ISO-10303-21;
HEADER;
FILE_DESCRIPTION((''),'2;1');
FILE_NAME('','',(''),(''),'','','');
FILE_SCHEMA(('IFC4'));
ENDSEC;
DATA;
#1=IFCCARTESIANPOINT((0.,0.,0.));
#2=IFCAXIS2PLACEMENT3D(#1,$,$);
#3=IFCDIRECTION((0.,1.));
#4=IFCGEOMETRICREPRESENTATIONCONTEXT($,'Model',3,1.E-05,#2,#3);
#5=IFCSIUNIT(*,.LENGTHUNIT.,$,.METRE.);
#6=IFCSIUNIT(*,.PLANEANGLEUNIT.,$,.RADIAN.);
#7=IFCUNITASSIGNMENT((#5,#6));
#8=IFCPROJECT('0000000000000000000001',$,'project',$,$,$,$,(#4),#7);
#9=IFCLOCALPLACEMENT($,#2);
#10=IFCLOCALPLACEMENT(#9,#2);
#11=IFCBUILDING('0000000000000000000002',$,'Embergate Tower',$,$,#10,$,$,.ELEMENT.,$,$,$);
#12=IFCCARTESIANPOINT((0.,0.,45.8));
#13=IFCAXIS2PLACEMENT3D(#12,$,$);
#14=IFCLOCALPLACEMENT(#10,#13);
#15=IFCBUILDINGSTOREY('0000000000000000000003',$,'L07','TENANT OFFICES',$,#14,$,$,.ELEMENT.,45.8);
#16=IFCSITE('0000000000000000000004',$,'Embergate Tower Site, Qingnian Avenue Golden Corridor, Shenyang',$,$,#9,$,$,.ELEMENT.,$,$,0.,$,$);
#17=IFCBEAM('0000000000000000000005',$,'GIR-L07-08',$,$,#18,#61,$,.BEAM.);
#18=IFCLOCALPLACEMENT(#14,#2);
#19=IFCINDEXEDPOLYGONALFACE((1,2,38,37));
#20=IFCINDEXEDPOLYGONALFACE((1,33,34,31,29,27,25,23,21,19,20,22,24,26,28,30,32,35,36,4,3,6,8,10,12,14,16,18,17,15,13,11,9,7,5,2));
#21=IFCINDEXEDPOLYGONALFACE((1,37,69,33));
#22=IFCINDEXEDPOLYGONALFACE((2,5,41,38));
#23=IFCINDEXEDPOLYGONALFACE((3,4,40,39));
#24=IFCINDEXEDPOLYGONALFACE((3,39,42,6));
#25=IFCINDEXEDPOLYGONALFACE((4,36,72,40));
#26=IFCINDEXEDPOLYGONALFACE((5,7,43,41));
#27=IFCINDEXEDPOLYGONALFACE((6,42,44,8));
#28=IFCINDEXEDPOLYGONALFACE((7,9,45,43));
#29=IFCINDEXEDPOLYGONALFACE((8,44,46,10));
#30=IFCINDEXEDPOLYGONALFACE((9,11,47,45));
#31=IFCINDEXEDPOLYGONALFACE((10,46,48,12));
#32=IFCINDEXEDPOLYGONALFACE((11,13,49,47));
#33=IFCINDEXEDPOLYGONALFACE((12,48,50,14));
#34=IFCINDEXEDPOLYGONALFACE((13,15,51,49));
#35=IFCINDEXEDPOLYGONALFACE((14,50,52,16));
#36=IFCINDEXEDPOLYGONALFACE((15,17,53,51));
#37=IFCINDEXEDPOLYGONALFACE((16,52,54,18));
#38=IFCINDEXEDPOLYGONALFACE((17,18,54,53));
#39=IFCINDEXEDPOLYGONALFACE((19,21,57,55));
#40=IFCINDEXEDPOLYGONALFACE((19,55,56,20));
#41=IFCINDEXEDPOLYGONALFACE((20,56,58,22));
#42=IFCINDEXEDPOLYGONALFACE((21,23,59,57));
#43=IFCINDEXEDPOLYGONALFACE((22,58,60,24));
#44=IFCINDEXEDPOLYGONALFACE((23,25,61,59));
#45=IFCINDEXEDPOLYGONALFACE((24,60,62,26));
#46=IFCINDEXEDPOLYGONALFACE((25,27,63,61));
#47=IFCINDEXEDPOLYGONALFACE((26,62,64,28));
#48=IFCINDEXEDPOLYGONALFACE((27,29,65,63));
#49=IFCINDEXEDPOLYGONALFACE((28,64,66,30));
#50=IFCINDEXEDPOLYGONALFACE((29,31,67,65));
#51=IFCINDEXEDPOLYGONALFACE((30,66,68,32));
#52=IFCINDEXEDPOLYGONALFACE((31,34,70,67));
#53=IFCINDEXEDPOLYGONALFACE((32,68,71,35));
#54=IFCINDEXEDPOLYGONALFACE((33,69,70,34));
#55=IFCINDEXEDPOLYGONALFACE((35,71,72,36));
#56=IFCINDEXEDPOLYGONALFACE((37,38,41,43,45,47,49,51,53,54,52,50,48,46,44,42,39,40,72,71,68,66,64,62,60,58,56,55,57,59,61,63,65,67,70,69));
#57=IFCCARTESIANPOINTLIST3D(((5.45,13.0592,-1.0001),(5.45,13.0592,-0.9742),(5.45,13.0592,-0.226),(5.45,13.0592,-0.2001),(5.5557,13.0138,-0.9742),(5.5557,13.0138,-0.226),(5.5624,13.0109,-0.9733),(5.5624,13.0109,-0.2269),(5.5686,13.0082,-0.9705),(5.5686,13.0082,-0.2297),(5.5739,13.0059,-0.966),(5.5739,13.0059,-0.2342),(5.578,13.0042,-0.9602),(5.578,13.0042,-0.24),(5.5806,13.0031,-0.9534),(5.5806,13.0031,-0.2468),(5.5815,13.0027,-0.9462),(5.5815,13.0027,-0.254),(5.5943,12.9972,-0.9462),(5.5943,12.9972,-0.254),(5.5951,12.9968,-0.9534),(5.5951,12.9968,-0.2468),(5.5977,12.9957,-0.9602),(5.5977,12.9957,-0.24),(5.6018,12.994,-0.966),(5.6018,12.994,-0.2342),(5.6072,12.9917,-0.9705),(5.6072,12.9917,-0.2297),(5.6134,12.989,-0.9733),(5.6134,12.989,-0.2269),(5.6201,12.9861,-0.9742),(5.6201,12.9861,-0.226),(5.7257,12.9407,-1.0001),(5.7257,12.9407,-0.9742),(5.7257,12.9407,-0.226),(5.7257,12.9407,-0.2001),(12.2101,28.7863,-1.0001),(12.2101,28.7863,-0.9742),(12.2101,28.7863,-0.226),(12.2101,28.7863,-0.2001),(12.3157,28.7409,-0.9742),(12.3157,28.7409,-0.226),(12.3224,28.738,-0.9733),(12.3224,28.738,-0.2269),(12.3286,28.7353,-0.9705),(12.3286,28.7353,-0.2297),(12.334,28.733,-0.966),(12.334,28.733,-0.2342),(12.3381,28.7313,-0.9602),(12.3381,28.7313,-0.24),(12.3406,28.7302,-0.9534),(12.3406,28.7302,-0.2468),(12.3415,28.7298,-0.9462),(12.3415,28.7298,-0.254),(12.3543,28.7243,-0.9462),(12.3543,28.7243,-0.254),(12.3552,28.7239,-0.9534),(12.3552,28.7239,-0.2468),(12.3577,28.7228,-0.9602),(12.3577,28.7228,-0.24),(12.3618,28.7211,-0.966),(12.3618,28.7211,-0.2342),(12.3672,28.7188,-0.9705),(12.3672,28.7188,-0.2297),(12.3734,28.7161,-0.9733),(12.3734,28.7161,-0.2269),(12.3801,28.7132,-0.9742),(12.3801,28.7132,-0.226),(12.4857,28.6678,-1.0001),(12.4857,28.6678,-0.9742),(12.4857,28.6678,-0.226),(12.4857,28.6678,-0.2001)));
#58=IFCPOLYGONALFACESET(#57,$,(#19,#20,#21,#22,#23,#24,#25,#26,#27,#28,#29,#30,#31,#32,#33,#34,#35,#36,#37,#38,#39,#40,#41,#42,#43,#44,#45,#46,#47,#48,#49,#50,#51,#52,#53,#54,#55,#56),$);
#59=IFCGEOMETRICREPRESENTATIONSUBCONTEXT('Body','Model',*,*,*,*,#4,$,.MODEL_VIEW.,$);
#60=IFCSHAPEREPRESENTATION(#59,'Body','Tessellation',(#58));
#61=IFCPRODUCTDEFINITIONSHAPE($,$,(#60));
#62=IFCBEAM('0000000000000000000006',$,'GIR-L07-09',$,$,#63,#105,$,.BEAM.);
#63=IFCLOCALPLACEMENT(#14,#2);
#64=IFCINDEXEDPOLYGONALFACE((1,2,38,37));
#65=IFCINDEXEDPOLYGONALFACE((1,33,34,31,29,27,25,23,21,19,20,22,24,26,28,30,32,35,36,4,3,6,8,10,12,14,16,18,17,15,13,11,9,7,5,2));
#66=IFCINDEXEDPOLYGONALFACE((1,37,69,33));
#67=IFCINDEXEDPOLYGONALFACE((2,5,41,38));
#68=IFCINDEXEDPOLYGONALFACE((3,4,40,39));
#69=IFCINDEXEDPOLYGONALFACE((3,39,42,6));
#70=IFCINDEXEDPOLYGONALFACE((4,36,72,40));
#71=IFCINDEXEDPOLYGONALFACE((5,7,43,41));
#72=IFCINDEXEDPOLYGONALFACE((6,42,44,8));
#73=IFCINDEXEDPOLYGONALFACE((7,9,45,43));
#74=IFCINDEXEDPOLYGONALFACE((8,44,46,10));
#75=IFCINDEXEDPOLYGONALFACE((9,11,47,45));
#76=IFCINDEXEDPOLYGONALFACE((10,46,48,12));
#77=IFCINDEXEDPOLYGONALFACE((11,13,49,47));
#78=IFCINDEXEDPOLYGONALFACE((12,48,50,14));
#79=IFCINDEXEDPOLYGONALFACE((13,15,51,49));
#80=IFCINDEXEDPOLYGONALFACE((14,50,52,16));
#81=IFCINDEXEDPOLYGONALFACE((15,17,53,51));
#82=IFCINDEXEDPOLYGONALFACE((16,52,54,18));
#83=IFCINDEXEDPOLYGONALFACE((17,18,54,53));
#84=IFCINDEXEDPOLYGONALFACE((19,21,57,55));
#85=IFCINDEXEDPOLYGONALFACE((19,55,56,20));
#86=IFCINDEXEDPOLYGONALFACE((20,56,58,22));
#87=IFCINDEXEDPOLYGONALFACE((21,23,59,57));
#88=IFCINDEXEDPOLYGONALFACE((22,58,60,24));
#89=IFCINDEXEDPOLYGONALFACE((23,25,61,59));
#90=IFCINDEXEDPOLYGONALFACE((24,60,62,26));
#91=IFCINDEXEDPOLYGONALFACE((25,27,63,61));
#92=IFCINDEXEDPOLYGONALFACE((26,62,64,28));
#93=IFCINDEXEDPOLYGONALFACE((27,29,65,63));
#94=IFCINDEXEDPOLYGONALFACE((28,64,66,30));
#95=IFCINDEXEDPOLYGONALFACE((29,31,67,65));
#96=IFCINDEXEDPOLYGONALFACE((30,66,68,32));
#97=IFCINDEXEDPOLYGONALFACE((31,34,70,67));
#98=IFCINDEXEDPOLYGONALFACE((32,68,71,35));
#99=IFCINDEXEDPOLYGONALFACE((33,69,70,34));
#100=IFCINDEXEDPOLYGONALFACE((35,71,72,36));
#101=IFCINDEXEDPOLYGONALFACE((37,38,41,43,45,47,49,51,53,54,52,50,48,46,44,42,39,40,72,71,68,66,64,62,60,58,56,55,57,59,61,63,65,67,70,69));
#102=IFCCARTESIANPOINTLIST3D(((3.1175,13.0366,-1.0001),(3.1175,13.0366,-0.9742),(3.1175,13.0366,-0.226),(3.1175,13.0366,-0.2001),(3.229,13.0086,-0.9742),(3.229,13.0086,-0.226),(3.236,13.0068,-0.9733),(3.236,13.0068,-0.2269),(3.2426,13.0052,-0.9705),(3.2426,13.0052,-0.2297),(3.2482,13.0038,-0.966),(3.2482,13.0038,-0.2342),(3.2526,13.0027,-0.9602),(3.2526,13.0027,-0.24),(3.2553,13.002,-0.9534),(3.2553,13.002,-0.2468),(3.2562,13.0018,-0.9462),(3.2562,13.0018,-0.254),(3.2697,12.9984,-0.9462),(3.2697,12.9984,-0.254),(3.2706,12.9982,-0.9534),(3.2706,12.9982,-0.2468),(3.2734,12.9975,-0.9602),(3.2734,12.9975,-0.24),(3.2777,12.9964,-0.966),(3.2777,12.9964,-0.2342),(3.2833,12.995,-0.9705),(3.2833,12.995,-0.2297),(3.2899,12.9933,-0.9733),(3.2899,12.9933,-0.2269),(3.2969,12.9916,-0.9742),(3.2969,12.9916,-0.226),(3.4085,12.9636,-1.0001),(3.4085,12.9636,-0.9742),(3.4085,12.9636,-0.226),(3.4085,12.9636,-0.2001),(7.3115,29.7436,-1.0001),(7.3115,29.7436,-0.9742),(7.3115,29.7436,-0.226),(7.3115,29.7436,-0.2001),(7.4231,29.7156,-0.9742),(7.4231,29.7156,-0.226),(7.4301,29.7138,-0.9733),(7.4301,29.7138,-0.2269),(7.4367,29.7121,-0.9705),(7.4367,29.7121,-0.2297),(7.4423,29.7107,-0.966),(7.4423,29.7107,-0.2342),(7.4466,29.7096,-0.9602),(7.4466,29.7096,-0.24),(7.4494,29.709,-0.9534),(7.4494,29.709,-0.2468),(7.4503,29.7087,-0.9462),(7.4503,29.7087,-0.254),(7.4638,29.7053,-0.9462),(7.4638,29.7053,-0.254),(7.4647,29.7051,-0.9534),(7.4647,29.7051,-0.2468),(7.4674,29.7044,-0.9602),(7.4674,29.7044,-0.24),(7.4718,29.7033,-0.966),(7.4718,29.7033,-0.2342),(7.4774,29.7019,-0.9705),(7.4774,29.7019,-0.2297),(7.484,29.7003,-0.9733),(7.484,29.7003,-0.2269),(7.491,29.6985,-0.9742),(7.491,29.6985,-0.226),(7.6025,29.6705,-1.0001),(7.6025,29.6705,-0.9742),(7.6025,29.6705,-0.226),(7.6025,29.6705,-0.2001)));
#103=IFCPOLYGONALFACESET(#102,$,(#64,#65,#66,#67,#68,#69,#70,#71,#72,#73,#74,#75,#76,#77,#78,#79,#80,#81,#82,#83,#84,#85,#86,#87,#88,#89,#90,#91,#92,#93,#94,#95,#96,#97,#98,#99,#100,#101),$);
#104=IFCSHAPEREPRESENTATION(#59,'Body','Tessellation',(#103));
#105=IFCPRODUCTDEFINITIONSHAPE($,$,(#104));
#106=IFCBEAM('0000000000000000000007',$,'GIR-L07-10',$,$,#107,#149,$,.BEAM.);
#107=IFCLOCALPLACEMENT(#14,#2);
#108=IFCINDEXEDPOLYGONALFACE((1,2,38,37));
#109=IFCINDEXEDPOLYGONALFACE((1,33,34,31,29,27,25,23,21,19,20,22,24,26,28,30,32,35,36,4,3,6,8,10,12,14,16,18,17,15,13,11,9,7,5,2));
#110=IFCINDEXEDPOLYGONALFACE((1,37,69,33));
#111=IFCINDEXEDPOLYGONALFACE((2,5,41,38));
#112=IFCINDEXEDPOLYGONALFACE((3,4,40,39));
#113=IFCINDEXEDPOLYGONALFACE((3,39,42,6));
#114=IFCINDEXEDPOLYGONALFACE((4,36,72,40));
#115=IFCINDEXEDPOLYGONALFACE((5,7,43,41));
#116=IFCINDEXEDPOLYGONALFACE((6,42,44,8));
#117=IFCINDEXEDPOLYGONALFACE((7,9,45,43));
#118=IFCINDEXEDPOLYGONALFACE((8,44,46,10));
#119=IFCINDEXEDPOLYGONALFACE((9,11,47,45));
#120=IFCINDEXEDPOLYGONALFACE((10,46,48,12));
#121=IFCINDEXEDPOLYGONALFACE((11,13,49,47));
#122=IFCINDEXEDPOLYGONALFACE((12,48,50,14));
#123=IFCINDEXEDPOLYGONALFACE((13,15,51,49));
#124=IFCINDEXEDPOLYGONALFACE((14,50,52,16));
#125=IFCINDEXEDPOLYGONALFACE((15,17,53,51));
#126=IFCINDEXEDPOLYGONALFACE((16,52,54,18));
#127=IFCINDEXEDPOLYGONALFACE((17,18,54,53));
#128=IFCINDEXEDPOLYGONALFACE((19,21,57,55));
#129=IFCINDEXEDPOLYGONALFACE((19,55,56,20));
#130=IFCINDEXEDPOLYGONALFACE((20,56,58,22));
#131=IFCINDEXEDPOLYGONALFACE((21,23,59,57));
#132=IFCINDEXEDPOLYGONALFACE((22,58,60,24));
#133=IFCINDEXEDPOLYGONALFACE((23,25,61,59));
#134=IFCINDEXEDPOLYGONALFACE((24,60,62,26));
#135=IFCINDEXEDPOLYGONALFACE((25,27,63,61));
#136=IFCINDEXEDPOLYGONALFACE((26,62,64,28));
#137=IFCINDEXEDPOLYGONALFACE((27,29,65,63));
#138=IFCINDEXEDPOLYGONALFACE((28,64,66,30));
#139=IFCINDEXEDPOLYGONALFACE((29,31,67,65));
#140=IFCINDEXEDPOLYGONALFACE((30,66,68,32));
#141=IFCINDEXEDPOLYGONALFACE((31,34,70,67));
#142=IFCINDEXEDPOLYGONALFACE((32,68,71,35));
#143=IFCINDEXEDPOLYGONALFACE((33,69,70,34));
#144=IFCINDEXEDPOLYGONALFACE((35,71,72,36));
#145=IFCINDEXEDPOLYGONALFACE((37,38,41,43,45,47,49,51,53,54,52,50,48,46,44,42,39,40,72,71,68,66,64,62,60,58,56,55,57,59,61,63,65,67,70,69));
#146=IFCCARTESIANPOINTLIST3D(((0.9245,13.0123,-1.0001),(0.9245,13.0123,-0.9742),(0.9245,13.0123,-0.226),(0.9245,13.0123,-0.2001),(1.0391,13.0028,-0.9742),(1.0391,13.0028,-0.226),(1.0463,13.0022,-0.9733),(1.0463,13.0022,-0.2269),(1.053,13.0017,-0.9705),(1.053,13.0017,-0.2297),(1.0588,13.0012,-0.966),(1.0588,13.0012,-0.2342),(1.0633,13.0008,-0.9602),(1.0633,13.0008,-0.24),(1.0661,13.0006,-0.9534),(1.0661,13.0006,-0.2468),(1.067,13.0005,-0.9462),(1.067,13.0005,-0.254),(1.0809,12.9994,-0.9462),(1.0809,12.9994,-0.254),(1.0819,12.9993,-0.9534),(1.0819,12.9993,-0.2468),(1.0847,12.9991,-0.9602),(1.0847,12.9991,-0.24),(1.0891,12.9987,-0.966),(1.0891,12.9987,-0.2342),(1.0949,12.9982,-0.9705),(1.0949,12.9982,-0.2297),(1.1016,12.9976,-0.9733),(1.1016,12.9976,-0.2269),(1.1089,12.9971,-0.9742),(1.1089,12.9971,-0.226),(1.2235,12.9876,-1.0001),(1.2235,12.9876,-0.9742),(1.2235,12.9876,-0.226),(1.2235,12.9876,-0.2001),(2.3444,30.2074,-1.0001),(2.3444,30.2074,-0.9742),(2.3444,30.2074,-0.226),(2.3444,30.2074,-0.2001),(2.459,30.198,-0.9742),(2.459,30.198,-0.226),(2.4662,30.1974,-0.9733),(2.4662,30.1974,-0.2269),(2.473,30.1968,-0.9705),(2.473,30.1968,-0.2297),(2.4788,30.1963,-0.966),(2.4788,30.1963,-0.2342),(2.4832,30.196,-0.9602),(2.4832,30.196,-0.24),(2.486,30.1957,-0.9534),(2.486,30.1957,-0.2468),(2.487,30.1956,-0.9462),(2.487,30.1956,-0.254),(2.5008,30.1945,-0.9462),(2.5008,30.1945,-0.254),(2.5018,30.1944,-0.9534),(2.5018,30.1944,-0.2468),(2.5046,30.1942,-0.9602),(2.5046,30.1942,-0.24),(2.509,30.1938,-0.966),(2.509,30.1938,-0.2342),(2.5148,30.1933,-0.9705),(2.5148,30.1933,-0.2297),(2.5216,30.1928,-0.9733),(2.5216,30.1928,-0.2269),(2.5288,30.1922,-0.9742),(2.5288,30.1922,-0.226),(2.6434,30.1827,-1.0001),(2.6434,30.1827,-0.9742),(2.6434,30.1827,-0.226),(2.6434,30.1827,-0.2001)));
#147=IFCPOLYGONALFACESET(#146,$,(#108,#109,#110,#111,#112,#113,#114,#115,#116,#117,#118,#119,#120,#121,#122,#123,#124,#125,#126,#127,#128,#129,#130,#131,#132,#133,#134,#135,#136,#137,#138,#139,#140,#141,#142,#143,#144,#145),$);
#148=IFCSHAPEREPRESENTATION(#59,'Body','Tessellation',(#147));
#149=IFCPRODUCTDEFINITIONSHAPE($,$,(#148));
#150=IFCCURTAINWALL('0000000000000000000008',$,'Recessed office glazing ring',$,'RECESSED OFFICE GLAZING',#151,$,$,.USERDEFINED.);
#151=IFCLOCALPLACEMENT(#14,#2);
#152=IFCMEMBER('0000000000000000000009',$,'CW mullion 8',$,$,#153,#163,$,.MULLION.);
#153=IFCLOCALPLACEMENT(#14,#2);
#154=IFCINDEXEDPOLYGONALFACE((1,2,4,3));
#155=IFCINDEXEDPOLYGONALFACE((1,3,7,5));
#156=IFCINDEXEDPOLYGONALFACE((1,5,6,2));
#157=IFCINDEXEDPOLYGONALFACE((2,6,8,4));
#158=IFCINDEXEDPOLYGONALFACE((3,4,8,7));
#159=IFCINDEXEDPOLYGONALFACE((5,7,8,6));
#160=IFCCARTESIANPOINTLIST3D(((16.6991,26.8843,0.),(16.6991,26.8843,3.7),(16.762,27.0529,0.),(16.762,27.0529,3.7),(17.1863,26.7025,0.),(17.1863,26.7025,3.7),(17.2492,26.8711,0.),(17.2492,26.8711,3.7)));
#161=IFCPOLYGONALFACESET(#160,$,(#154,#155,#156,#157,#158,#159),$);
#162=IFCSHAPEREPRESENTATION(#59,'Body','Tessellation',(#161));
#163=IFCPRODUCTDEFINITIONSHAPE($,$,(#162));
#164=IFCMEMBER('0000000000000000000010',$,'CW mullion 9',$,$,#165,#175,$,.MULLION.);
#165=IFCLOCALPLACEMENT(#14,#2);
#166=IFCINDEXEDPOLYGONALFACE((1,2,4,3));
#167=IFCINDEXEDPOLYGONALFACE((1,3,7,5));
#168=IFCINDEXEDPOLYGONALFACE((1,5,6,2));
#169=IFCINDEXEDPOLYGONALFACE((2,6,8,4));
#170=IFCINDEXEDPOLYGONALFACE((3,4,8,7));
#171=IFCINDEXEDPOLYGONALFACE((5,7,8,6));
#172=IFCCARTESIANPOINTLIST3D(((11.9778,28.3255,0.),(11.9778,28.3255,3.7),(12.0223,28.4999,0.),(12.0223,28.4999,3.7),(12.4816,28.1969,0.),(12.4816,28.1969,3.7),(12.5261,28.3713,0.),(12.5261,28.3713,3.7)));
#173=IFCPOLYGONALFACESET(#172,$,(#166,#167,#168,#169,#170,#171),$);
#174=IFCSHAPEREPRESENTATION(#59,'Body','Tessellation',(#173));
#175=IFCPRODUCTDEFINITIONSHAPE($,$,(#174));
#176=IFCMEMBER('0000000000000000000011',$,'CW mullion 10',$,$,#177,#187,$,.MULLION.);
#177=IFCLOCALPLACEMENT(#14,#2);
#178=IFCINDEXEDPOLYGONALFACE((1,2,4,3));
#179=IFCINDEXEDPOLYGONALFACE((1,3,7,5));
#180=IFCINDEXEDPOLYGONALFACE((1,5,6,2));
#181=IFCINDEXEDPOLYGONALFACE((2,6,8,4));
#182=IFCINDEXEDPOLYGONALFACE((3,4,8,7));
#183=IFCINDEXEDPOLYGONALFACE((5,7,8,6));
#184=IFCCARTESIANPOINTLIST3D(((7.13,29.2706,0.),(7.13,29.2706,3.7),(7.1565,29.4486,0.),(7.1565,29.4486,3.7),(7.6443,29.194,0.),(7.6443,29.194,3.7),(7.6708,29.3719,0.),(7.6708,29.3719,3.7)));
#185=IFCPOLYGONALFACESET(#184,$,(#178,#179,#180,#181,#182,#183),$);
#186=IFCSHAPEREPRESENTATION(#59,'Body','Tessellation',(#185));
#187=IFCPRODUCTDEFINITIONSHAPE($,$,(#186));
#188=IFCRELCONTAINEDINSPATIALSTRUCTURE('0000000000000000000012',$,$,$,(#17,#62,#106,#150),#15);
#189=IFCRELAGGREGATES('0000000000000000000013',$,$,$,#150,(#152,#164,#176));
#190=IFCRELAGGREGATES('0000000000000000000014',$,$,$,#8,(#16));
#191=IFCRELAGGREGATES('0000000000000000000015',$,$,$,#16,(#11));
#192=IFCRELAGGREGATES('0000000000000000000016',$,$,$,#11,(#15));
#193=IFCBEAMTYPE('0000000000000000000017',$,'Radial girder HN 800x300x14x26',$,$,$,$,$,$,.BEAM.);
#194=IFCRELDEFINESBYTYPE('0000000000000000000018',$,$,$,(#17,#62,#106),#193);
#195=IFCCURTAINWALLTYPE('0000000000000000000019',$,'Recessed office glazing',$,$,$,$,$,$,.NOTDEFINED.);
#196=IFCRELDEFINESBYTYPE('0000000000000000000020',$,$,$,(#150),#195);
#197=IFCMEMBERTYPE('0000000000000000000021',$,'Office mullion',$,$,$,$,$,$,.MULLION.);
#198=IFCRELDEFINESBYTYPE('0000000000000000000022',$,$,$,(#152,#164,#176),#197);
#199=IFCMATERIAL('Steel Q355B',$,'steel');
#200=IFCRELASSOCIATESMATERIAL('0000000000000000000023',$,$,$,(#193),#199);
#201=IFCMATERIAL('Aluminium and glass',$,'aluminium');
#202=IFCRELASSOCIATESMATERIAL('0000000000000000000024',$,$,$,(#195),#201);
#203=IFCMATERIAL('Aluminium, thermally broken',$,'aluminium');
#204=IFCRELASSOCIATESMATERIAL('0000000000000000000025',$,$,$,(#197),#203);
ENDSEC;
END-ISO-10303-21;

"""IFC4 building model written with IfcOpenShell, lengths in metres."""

from ifc_helpers import new_model, si_unit, direction, frame, origin, origin_2d, place, context, subcontext, project, spatial, rectangle, i_section, extrude, source, transform, mapped, material, material_profile, profile_set, type_object, element, aggregate, save


model = new_model("IFC4")

# Units and contexts
model_context = context("Model", 3, precision=1e-05, world=origin(), true_north=direction((0.0, 1.0)))
body_context = subcontext(model_context, "Body", "Model", "MODEL_VIEW")
ifc_project = project(units=[si_unit("LENGTHUNIT", "METRE"), si_unit("PLANEANGLEUNIT", "RADIAN")], contexts=[model_context])

# Site, building, storey
site_placement = place(None, origin())
site = spatial("IfcSite", under=ifc_project, at=site_placement, Name="Embergate Tower Site, Qingnian Avenue Golden Corridor, Shenyang", CompositionType="ELEMENT", RefElevation=0.0)
building_placement = place(site_placement, origin())
building = spatial("IfcBuilding", under=site, at=building_placement, Name="Embergate Tower", CompositionType="ELEMENT")
storey_placement = place(building_placement, frame((0.0, 0.0, 45.8)))
storey = spatial("IfcBuildingStorey", under=building, at=storey_placement, Name="L07", Description="TENANT OFFICES", CompositionType="ELEMENT", Elevation=45.8)

# Beams
ifc_material_1 = material(Name="Steel Q355B", Category="steel")
ifc_material_profile_1 = material_profile(ifc_material_1, i_section(OverallWidth=0.3, OverallDepth=0.8, WebThickness=0.0139, FlangeThickness=0.0259, FilletRadius=0.0281, at=origin_2d()), Name="HN 800x300x14x26")
ifc_profile_set_1 = profile_set([ifc_material_profile_1], Name="Steel Q355 grade B")
beam_type_1 = type_object("IfcBeamType", Name="Radial girder HN 800x300x14x26", PredefinedType="BEAM", material=ifc_profile_set_1)
shared_shape_1 = source(origin(), body_context, "Body", "SweptSolid", [
    extrude(i_section(OverallWidth=0.3, OverallDepth=0.8, WebThickness=0.0139, FlangeThickness=0.0259, FilletRadius=0.0281, at=origin_2d()), origin(), (0.0, 0.0, 1.0), 17.1184),
])
beam_1_placement = place(storey_placement, frame((12.3479, 28.7271, -0.6001), z_axis=(-0.394898, -0.918725, 0.0), x_axis=(0.918725, -0.394898, 0.0)))
element("IfcBeam", 1, at=beam_1_placement, inside=storey, type_object=beam_type_1, Name="GIR-L07-08", PredefinedType="BEAM", context=body_context, shape_type="MappedRepresentation", body=[
    mapped(shared_shape_1, transform((0.0, 0.0, 0.0))),
])
shared_shape_2 = source(origin(), body_context, "Body", "SweptSolid", [
    extrude(i_section(OverallWidth=0.3, OverallDepth=0.8, WebThickness=0.0139, FlangeThickness=0.0259, FilletRadius=0.0281, at=origin_2d()), origin(), (0.0, 0.0, 1.0), 17.2253),
])
beam_2_placement = place(storey_placement, frame((7.457, 29.707, -0.6001), z_axis=(-0.243483, -0.969905, 0.0), x_axis=(0.969905, -0.243483, 0.0)))
element("IfcBeam", 2, at=beam_2_placement, inside=storey, type_object=beam_type_1, Name="GIR-L07-09", PredefinedType="BEAM", context=body_context, shape_type="MappedRepresentation", body=[
    mapped(shared_shape_2, transform((0.0, 0.0, 0.0))),
])
shared_shape_3 = source(origin(), body_context, "Body", "SweptSolid", [
    extrude(i_section(OverallWidth=0.3, OverallDepth=0.8, WebThickness=0.0139, FlangeThickness=0.0259, FilletRadius=0.0281, at=origin_2d()), origin(), (0.0, 0.0, 1.0), 17.2537),
])
beam_3_placement = place(storey_placement, frame((2.4939, 30.1951, -0.6001), z_axis=(-0.082297, -0.996608, 0.0), x_axis=(0.996608, -0.082297, 0.0)))
element("IfcBeam", 3, at=beam_3_placement, inside=storey, type_object=beam_type_1, Name="GIR-L07-10", PredefinedType="BEAM", context=body_context, shape_type="MappedRepresentation", body=[
    mapped(shared_shape_3, transform((0.0, 0.0, 0.0))),
])

# Curtain wall, members
ifc_material_2 = material(Name="Aluminium and glass", Category="aluminium")
curtain_wall_type = type_object("IfcCurtainWallType", Name="Recessed office glazing", PredefinedType="NOTDEFINED", material=ifc_material_2)
curtain_wall_placement = place(storey_placement, origin())
curtain_wall = element("IfcCurtainWall", 4, at=curtain_wall_placement, inside=storey, type_object=curtain_wall_type, Name="Recessed office glazing ring", ObjectType="RECESSED OFFICE GLAZING", PredefinedType="USERDEFINED")
ifc_material_3 = material(Name="Aluminium, thermally broken", Category="aluminium")
ifc_material_profile_2 = material_profile(ifc_material_3, rectangle(XDim=0.1799, YDim=0.52, at=origin_2d()), Name="AL 520x180")
ifc_profile_set_2 = profile_set([ifc_material_profile_2], Name="Aluminium, thermally broken")
member_type_1 = type_object("IfcMemberType", Name="Office mullion", PredefinedType="MULLION", material=ifc_profile_set_2)
shared_shape_4 = source(origin(), body_context, "Body", "SweptSolid", [
    extrude(rectangle(XDim=0.1799, YDim=0.52, at=origin_2d()), origin(), (0.0, 0.0, 1.0), 3.7),
])
member_1_placement = place(storey_placement, frame((16.9741, 26.8777, 0.0), z_axis=(0.0, 0.0, 1.0), x_axis=(-0.349503, -0.936935, 0.0)))
member_1 = element("IfcMember", 5, at=member_1_placement, type_object=member_type_1, Name="CW mullion 8", PredefinedType="MULLION", context=body_context, shape_type="MappedRepresentation", body=[
    mapped(shared_shape_4, transform((0.0, 0.0, 0.0))),
])
member_2_placement = place(storey_placement, frame((12.252, 28.3484, 0.0), z_axis=(0.0, 0.0, 1.0), x_axis=(-0.247312, -0.968936, 0.0)))
member_2 = element("IfcMember", 6, at=member_2_placement, type_object=member_type_1, Name="CW mullion 9", PredefinedType="MULLION", context=body_context, shape_type="MappedRepresentation", body=[
    mapped(shared_shape_4, transform((0.0, 0.0, 0.0))),
])
member_3_placement = place(storey_placement, frame((7.4004, 29.3213, 0.0), z_axis=(0.0, 0.0, 1.0), x_axis=(-0.147412, -0.989075, 0.0)))
member_3 = element("IfcMember", 7, at=member_3_placement, type_object=member_type_1, Name="CW mullion 10", PredefinedType="MULLION", context=body_context, shape_type="MappedRepresentation", body=[
    mapped(shared_shape_4, transform((0.0, 0.0, 0.0))),
])
aggregate(curtain_wall, [member_1, member_2, member_3])

save(model, "model.ifc")
